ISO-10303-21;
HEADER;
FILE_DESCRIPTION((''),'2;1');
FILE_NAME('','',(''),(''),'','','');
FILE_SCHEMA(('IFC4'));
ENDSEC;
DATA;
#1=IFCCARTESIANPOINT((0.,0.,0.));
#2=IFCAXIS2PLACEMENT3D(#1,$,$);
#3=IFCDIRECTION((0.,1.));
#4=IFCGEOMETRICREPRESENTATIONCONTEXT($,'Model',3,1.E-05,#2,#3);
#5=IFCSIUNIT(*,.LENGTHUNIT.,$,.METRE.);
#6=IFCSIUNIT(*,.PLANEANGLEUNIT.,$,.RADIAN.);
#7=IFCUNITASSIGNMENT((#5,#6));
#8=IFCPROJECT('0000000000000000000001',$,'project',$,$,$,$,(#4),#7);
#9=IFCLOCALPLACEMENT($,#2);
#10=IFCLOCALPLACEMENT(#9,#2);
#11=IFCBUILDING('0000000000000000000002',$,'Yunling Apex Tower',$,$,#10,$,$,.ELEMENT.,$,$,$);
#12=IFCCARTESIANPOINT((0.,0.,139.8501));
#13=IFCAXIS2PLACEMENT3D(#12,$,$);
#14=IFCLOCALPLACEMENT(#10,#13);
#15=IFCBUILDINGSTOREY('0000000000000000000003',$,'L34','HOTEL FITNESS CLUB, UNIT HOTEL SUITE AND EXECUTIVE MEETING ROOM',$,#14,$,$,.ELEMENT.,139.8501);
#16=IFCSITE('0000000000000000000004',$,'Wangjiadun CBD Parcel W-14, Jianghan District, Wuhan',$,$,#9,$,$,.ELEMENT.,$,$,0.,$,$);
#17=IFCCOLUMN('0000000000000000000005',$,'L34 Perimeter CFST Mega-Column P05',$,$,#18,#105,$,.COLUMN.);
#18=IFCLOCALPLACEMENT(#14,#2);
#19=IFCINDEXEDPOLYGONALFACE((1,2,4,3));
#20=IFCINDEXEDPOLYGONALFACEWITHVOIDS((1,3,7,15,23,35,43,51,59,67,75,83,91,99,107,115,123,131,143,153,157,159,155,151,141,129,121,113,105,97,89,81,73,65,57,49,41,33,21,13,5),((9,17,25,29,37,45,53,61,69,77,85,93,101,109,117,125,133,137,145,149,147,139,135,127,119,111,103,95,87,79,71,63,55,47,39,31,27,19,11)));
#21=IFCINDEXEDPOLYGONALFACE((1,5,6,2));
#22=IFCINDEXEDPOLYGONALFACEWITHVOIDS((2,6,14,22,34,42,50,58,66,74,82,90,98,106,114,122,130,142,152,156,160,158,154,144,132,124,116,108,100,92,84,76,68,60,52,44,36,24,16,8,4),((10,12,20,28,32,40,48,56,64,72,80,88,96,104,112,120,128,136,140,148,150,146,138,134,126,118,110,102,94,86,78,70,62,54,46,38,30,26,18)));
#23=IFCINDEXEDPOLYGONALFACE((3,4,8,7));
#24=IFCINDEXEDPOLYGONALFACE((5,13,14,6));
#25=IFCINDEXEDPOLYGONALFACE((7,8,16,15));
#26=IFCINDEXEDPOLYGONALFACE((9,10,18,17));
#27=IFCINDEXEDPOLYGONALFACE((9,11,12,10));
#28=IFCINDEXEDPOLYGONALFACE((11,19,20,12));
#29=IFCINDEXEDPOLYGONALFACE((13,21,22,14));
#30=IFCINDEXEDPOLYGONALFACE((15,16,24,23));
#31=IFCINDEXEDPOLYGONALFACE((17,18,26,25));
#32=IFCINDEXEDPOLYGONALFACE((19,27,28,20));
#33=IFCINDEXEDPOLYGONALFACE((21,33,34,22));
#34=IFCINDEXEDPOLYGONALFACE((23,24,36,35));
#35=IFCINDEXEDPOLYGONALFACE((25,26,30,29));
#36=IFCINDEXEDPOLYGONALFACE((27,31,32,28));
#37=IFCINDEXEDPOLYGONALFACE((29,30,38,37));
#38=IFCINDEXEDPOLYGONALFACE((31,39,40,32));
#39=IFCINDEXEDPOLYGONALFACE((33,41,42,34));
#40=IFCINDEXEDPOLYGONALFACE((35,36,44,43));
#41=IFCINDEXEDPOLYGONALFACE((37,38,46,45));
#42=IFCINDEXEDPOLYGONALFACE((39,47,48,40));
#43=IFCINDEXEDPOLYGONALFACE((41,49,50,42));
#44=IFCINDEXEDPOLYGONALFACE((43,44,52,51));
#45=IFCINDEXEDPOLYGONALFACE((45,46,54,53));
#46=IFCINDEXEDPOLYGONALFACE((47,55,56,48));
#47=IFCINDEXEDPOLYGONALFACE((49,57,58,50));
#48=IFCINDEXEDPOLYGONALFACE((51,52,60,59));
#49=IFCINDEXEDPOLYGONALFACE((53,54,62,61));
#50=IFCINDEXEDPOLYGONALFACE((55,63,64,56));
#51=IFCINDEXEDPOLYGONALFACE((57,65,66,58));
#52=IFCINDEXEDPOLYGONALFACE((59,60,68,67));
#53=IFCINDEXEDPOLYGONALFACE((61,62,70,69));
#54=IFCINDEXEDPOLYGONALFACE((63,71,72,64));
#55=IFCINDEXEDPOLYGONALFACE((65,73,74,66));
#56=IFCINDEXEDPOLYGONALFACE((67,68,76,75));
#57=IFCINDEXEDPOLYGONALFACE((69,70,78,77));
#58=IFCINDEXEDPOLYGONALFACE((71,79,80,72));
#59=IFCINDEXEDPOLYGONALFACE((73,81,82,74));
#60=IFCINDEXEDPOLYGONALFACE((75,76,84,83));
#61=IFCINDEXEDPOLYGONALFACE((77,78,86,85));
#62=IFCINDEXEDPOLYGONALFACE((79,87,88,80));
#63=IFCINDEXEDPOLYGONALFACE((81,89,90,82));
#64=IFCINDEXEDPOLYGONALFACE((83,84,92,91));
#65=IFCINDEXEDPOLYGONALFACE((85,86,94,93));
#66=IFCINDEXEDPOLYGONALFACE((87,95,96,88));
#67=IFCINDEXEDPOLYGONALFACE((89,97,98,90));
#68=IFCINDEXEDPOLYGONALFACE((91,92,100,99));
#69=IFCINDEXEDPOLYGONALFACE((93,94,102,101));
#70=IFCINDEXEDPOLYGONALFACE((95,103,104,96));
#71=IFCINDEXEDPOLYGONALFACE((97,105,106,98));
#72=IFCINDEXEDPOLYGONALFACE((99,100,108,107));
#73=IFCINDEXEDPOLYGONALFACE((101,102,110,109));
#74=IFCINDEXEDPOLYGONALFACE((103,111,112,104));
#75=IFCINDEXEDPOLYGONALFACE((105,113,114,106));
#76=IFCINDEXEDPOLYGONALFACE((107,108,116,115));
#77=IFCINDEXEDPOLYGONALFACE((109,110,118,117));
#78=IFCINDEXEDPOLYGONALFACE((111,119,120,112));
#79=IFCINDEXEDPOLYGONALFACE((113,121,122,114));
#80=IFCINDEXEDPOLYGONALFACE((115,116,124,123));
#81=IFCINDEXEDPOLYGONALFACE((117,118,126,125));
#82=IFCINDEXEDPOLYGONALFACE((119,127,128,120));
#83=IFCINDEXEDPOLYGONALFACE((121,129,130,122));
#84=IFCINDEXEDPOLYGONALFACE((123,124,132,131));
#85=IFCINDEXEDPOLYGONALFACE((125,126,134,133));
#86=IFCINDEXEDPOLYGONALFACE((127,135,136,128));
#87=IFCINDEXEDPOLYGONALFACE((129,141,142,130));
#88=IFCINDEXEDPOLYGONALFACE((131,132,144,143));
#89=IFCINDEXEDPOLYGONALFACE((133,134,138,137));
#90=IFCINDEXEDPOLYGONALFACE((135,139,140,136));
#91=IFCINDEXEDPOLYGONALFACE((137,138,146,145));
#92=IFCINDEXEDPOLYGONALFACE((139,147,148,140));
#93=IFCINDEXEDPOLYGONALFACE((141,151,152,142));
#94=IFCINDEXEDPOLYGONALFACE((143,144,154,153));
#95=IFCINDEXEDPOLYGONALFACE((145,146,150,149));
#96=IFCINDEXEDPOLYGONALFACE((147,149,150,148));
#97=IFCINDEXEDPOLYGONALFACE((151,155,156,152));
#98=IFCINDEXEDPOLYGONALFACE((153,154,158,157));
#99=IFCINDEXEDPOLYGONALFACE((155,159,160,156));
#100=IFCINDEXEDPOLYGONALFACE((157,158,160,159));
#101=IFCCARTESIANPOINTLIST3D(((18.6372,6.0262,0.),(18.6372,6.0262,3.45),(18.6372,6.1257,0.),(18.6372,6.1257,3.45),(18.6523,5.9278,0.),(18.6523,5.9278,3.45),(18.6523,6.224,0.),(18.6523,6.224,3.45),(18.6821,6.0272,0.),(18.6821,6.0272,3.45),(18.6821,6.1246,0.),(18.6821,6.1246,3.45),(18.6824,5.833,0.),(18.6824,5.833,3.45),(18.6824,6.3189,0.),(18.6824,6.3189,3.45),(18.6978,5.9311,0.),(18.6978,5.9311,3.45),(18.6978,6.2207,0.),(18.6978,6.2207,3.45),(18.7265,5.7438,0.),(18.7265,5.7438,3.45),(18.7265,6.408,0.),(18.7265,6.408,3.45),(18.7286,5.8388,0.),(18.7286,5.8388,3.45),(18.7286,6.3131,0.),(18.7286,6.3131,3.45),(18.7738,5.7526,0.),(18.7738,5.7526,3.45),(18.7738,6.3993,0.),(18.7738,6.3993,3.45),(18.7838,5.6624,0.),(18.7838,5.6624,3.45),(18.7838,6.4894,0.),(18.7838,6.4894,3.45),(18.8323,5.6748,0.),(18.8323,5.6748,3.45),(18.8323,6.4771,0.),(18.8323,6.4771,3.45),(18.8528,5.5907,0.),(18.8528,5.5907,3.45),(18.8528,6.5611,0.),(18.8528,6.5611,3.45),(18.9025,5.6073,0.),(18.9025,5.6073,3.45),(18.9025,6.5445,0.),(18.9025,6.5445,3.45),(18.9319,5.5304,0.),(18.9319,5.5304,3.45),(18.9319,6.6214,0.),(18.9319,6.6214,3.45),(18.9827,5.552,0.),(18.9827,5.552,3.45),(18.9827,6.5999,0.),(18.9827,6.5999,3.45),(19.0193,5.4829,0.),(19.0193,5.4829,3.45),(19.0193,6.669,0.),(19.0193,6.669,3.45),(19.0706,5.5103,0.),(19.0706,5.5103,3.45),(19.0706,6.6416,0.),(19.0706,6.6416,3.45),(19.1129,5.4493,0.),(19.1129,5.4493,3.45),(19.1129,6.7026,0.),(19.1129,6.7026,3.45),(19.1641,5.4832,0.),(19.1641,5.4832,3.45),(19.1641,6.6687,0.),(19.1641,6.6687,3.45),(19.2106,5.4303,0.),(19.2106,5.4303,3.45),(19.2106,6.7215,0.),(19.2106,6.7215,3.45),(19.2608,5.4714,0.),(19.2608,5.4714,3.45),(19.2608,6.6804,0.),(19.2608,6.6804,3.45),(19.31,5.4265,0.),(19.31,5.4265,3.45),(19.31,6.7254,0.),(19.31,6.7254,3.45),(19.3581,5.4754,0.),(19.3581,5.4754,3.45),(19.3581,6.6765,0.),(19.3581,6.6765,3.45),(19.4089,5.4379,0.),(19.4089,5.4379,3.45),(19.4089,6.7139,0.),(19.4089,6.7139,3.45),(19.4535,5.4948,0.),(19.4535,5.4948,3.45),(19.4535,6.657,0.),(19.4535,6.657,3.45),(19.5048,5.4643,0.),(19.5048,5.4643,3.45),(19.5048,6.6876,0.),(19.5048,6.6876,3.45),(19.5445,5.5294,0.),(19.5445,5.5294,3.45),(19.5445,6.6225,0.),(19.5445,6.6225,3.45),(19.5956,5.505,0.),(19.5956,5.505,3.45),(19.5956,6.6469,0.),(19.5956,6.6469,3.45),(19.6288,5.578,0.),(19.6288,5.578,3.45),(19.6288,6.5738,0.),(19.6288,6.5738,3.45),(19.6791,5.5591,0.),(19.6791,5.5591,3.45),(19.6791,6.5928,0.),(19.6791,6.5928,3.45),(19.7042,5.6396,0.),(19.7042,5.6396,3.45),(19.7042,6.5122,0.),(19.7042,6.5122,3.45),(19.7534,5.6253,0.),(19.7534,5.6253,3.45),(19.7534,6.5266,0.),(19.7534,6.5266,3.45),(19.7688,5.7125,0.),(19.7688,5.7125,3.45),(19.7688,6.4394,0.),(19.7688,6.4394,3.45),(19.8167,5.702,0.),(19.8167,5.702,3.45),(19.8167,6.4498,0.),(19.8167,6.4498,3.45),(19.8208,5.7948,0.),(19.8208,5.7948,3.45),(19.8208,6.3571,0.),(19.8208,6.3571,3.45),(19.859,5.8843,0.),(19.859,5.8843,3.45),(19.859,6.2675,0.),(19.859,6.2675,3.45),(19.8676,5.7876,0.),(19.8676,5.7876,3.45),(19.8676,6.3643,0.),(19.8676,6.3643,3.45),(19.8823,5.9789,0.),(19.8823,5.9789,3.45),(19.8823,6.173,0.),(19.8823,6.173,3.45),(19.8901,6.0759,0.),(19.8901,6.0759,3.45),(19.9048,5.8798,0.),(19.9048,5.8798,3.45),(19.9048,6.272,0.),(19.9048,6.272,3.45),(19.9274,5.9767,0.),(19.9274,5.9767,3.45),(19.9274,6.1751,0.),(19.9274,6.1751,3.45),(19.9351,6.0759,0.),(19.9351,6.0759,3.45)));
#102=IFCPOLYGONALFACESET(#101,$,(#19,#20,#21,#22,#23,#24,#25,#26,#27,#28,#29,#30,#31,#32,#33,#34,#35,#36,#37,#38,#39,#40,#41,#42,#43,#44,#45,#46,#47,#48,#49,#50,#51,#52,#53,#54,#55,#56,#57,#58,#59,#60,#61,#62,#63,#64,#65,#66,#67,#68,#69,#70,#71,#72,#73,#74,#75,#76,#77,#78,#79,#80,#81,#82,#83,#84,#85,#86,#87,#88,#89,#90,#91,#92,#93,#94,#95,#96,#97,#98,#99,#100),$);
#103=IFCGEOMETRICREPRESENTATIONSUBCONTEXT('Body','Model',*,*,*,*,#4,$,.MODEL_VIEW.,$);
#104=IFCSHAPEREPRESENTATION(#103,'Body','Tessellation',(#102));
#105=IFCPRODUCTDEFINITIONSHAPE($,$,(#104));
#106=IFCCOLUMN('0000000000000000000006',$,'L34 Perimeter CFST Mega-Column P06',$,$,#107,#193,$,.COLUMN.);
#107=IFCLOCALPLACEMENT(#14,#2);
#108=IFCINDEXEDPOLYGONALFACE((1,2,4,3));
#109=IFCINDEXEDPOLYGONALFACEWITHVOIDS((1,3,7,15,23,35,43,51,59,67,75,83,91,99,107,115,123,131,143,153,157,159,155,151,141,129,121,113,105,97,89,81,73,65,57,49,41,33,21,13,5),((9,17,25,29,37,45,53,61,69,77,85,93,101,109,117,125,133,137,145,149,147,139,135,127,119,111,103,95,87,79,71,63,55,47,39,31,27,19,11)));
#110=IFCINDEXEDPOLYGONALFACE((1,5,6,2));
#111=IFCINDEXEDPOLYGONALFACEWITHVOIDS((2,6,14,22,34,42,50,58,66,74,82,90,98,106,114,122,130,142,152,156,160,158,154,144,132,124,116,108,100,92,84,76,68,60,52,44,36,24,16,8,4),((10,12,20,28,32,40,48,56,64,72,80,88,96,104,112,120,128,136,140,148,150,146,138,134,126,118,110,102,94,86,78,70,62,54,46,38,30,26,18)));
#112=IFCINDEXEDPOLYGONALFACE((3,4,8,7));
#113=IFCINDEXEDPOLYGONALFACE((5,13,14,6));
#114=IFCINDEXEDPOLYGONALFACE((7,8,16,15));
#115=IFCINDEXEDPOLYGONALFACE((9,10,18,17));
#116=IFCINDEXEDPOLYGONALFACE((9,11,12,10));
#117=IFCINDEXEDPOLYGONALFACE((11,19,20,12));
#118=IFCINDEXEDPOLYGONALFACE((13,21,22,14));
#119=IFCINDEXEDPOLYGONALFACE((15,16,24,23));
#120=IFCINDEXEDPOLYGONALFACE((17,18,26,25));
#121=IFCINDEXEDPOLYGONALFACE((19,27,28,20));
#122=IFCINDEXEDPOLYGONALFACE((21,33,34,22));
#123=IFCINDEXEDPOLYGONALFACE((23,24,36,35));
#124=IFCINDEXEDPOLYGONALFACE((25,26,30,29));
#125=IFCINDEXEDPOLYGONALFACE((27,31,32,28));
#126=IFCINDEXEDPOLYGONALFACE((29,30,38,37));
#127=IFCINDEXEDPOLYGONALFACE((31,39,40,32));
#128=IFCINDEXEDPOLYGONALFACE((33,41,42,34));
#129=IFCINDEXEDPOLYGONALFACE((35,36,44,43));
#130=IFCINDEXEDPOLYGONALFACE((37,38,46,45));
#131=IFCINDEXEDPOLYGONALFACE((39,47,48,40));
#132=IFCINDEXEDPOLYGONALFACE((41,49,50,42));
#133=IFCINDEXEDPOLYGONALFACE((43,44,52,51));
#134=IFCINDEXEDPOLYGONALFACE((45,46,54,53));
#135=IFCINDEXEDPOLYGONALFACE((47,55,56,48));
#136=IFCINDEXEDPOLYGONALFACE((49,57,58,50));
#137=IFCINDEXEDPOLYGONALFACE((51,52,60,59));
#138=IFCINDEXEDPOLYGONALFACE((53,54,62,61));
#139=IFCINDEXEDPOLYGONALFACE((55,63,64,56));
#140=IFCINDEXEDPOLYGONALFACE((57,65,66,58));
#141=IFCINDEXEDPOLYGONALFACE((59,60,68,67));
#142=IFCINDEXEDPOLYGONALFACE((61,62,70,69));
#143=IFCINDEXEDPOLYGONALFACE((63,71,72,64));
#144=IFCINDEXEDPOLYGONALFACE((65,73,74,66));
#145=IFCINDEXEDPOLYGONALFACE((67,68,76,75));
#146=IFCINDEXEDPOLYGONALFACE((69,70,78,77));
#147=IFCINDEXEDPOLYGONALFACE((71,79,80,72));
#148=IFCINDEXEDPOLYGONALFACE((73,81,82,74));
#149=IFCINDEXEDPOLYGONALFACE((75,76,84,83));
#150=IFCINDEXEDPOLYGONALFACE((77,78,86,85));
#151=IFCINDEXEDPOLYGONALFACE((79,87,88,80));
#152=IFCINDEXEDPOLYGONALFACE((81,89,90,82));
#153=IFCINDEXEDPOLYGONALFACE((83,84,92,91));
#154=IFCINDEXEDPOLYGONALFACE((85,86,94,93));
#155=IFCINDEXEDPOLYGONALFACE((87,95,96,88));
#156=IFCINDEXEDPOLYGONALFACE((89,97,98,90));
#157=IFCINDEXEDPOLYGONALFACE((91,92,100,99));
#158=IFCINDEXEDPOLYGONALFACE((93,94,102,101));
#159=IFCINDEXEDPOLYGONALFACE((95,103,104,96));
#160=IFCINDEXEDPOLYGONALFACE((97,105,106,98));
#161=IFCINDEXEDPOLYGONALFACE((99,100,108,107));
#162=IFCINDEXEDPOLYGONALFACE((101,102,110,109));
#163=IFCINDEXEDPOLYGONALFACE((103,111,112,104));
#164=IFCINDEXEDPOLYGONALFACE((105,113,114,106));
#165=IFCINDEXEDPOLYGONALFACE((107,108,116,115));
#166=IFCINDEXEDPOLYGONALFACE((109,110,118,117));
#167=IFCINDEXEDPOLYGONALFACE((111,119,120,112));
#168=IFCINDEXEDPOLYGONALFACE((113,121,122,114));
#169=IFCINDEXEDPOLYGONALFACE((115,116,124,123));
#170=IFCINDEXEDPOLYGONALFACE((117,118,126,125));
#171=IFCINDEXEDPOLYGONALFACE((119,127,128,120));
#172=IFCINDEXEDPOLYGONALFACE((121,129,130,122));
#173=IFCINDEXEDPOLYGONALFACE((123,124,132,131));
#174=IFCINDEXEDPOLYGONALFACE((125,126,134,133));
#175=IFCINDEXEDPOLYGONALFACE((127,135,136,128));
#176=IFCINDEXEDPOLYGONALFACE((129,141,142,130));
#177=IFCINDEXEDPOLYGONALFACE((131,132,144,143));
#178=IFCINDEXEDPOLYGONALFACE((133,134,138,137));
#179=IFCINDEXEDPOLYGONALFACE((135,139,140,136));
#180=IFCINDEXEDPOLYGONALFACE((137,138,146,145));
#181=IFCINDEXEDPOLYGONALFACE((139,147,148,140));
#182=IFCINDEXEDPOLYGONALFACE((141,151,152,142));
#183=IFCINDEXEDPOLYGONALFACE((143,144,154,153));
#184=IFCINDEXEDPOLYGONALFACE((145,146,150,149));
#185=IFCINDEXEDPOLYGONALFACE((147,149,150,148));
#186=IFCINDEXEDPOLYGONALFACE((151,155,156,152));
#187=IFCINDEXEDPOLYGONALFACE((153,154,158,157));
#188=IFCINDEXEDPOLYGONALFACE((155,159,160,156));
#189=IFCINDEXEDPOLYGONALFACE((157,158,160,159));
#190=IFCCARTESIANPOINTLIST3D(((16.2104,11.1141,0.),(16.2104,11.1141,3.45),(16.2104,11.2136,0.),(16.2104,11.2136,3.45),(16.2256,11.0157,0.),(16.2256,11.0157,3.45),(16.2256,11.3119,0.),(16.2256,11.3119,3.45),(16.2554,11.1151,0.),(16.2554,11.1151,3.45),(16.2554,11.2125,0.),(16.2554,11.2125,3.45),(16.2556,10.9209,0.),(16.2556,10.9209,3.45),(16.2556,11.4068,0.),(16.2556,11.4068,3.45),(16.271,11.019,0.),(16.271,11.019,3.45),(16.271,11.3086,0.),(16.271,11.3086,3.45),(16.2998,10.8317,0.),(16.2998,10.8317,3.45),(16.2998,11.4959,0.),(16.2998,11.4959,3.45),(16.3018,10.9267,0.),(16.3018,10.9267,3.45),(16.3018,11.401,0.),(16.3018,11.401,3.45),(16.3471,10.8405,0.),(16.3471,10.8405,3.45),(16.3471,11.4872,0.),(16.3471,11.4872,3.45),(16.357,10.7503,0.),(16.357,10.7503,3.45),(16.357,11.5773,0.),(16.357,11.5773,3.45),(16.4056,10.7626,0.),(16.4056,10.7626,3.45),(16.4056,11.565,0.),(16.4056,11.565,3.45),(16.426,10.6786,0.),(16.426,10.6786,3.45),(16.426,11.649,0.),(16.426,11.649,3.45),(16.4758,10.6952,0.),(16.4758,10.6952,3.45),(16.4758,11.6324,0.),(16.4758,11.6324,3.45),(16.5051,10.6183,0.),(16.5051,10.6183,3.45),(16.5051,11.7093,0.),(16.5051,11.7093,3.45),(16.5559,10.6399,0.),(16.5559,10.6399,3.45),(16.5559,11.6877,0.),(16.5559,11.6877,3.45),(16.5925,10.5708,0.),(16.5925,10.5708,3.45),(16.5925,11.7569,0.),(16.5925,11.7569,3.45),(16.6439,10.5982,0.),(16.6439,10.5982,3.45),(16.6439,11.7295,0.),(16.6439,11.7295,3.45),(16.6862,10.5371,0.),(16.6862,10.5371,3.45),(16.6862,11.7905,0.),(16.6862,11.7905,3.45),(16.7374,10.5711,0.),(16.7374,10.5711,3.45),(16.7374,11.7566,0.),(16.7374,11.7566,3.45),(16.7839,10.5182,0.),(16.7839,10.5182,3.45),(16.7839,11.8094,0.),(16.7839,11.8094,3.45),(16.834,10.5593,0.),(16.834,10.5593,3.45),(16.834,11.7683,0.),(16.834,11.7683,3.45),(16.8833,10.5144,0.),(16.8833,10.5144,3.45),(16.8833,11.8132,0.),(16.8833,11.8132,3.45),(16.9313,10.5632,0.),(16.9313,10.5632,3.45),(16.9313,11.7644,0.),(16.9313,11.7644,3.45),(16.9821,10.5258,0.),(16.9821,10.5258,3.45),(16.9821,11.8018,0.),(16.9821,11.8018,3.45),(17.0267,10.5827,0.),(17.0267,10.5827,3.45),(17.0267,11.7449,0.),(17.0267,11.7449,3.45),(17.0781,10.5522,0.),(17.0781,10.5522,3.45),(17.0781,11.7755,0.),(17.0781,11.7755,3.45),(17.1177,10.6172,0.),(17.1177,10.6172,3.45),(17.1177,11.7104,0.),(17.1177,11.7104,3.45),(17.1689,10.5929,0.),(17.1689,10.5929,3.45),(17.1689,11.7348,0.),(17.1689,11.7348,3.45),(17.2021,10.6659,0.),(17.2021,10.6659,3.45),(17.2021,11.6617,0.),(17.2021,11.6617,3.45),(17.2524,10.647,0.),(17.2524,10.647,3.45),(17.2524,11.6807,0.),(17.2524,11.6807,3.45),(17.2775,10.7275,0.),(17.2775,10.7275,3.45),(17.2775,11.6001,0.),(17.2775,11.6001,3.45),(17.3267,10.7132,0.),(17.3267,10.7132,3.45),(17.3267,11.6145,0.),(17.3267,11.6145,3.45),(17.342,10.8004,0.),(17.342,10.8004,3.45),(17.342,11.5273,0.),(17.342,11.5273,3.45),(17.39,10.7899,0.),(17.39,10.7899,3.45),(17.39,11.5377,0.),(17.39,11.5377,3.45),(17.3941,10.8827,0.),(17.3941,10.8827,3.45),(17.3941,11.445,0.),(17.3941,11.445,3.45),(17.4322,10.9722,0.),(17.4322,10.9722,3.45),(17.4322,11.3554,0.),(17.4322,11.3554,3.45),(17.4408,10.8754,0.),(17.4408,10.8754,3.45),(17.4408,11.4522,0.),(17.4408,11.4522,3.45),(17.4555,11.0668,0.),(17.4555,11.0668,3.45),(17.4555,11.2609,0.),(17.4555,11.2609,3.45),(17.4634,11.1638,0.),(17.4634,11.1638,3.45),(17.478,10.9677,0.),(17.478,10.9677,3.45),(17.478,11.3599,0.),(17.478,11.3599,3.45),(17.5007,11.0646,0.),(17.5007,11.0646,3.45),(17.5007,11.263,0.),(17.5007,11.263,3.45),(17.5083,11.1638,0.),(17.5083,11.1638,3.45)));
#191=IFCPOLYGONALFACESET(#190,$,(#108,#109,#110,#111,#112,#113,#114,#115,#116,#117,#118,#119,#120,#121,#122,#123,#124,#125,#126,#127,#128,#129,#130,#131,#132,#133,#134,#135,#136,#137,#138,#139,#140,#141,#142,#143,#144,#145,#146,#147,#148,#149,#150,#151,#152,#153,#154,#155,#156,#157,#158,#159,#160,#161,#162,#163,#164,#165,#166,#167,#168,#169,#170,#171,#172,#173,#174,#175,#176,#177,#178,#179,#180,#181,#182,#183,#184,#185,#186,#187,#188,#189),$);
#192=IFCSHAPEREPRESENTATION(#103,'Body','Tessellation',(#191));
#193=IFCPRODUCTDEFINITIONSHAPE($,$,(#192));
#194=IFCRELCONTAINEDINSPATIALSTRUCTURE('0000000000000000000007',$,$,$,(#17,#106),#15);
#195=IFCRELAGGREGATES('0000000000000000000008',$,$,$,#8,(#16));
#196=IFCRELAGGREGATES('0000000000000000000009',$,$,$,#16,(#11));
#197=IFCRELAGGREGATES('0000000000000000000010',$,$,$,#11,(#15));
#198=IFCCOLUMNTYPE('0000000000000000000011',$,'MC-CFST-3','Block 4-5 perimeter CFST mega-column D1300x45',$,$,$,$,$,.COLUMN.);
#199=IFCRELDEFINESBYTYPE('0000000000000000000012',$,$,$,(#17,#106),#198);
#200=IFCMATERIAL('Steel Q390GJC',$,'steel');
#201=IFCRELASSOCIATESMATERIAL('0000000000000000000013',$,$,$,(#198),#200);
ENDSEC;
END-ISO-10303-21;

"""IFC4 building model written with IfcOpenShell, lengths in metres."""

from ifc_helpers import new_model, si_unit, direction, frame, origin, origin_2d, place, context, subcontext, project, spatial, hollow_circle, extrude, source, transform, mapped, material, material_profile, profile_set, type_object, element, save


model = new_model("IFC4")

# Units and contexts
model_context = context("Model", 3, precision=1e-05, world=origin(), true_north=direction((0.0, 1.0)))
body_context = subcontext(model_context, "Body", "Model", "MODEL_VIEW")
ifc_project = project(units=[si_unit("LENGTHUNIT", "METRE"), si_unit("PLANEANGLEUNIT", "RADIAN")], contexts=[model_context])

# Site, building, storey
site_placement = place(None, origin())
site = spatial("IfcSite", under=ifc_project, at=site_placement, Name="Wangjiadun CBD Parcel W-14, Jianghan District, Wuhan", CompositionType="ELEMENT", RefElevation=0.0)
building_placement = place(site_placement, origin())
building = spatial("IfcBuilding", under=site, at=building_placement, Name="Yunling Apex Tower", CompositionType="ELEMENT")
storey_placement = place(building_placement, frame((0.0, 0.0, 139.8501)))
storey = spatial("IfcBuildingStorey", under=building, at=storey_placement, Name="L34", Description="HOTEL FITNESS CLUB, UNIT HOTEL SUITE AND EXECUTIVE MEETING ROOM", CompositionType="ELEMENT", Elevation=139.8501)

# Columns
ifc_material_1 = material(Name="Steel Q390GJC", Category="steel")
ifc_material_profile_1 = material_profile(ifc_material_1, hollow_circle(Radius=0.6499, WallThickness=0.0449, at=origin_2d()))
ifc_profile_set_1 = profile_set([ifc_material_profile_1], Name="Steel Q390GJC")
column_type_1 = type_object("IfcColumnType", Name="MC-CFST-3", Description="Block 4-5 perimeter CFST mega-column D1300x45", PredefinedType="COLUMN", material=ifc_profile_set_1)
shared_shape_1 = source(origin(), body_context, "Body", "SweptSolid", [
    extrude(hollow_circle(Radius=0.6499, WallThickness=0.0449, at=origin_2d()), origin(), (0.0, 0.0, 1.0), 3.45),
])
for number, where, z_axis, x_axis, name in (
    (1, (19.2852, 6.0759, 0.0), (0.0, 0.0, 1.0), (1.0, 0.0, 0.0), "L34 Perimeter CFST Mega-Column P05"),
    (2, (16.8584, 11.1638, 0.0), (0.0, 0.0, 1.0), (1.0, 0.0, 0.0), "L34 Perimeter CFST Mega-Column P06"),
):
    element("IfcColumn", number, at=place(storey_placement, frame(where, z_axis=z_axis, x_axis=x_axis)), inside=storey, type_object=column_type_1, Name=name, PredefinedType="COLUMN", context=body_context, shape_type="MappedRepresentation", body=[
        mapped(shared_shape_1, transform((0.0, 0.0, 0.0), scale=1.0)),
    ])

save(model, "model.ifc")
